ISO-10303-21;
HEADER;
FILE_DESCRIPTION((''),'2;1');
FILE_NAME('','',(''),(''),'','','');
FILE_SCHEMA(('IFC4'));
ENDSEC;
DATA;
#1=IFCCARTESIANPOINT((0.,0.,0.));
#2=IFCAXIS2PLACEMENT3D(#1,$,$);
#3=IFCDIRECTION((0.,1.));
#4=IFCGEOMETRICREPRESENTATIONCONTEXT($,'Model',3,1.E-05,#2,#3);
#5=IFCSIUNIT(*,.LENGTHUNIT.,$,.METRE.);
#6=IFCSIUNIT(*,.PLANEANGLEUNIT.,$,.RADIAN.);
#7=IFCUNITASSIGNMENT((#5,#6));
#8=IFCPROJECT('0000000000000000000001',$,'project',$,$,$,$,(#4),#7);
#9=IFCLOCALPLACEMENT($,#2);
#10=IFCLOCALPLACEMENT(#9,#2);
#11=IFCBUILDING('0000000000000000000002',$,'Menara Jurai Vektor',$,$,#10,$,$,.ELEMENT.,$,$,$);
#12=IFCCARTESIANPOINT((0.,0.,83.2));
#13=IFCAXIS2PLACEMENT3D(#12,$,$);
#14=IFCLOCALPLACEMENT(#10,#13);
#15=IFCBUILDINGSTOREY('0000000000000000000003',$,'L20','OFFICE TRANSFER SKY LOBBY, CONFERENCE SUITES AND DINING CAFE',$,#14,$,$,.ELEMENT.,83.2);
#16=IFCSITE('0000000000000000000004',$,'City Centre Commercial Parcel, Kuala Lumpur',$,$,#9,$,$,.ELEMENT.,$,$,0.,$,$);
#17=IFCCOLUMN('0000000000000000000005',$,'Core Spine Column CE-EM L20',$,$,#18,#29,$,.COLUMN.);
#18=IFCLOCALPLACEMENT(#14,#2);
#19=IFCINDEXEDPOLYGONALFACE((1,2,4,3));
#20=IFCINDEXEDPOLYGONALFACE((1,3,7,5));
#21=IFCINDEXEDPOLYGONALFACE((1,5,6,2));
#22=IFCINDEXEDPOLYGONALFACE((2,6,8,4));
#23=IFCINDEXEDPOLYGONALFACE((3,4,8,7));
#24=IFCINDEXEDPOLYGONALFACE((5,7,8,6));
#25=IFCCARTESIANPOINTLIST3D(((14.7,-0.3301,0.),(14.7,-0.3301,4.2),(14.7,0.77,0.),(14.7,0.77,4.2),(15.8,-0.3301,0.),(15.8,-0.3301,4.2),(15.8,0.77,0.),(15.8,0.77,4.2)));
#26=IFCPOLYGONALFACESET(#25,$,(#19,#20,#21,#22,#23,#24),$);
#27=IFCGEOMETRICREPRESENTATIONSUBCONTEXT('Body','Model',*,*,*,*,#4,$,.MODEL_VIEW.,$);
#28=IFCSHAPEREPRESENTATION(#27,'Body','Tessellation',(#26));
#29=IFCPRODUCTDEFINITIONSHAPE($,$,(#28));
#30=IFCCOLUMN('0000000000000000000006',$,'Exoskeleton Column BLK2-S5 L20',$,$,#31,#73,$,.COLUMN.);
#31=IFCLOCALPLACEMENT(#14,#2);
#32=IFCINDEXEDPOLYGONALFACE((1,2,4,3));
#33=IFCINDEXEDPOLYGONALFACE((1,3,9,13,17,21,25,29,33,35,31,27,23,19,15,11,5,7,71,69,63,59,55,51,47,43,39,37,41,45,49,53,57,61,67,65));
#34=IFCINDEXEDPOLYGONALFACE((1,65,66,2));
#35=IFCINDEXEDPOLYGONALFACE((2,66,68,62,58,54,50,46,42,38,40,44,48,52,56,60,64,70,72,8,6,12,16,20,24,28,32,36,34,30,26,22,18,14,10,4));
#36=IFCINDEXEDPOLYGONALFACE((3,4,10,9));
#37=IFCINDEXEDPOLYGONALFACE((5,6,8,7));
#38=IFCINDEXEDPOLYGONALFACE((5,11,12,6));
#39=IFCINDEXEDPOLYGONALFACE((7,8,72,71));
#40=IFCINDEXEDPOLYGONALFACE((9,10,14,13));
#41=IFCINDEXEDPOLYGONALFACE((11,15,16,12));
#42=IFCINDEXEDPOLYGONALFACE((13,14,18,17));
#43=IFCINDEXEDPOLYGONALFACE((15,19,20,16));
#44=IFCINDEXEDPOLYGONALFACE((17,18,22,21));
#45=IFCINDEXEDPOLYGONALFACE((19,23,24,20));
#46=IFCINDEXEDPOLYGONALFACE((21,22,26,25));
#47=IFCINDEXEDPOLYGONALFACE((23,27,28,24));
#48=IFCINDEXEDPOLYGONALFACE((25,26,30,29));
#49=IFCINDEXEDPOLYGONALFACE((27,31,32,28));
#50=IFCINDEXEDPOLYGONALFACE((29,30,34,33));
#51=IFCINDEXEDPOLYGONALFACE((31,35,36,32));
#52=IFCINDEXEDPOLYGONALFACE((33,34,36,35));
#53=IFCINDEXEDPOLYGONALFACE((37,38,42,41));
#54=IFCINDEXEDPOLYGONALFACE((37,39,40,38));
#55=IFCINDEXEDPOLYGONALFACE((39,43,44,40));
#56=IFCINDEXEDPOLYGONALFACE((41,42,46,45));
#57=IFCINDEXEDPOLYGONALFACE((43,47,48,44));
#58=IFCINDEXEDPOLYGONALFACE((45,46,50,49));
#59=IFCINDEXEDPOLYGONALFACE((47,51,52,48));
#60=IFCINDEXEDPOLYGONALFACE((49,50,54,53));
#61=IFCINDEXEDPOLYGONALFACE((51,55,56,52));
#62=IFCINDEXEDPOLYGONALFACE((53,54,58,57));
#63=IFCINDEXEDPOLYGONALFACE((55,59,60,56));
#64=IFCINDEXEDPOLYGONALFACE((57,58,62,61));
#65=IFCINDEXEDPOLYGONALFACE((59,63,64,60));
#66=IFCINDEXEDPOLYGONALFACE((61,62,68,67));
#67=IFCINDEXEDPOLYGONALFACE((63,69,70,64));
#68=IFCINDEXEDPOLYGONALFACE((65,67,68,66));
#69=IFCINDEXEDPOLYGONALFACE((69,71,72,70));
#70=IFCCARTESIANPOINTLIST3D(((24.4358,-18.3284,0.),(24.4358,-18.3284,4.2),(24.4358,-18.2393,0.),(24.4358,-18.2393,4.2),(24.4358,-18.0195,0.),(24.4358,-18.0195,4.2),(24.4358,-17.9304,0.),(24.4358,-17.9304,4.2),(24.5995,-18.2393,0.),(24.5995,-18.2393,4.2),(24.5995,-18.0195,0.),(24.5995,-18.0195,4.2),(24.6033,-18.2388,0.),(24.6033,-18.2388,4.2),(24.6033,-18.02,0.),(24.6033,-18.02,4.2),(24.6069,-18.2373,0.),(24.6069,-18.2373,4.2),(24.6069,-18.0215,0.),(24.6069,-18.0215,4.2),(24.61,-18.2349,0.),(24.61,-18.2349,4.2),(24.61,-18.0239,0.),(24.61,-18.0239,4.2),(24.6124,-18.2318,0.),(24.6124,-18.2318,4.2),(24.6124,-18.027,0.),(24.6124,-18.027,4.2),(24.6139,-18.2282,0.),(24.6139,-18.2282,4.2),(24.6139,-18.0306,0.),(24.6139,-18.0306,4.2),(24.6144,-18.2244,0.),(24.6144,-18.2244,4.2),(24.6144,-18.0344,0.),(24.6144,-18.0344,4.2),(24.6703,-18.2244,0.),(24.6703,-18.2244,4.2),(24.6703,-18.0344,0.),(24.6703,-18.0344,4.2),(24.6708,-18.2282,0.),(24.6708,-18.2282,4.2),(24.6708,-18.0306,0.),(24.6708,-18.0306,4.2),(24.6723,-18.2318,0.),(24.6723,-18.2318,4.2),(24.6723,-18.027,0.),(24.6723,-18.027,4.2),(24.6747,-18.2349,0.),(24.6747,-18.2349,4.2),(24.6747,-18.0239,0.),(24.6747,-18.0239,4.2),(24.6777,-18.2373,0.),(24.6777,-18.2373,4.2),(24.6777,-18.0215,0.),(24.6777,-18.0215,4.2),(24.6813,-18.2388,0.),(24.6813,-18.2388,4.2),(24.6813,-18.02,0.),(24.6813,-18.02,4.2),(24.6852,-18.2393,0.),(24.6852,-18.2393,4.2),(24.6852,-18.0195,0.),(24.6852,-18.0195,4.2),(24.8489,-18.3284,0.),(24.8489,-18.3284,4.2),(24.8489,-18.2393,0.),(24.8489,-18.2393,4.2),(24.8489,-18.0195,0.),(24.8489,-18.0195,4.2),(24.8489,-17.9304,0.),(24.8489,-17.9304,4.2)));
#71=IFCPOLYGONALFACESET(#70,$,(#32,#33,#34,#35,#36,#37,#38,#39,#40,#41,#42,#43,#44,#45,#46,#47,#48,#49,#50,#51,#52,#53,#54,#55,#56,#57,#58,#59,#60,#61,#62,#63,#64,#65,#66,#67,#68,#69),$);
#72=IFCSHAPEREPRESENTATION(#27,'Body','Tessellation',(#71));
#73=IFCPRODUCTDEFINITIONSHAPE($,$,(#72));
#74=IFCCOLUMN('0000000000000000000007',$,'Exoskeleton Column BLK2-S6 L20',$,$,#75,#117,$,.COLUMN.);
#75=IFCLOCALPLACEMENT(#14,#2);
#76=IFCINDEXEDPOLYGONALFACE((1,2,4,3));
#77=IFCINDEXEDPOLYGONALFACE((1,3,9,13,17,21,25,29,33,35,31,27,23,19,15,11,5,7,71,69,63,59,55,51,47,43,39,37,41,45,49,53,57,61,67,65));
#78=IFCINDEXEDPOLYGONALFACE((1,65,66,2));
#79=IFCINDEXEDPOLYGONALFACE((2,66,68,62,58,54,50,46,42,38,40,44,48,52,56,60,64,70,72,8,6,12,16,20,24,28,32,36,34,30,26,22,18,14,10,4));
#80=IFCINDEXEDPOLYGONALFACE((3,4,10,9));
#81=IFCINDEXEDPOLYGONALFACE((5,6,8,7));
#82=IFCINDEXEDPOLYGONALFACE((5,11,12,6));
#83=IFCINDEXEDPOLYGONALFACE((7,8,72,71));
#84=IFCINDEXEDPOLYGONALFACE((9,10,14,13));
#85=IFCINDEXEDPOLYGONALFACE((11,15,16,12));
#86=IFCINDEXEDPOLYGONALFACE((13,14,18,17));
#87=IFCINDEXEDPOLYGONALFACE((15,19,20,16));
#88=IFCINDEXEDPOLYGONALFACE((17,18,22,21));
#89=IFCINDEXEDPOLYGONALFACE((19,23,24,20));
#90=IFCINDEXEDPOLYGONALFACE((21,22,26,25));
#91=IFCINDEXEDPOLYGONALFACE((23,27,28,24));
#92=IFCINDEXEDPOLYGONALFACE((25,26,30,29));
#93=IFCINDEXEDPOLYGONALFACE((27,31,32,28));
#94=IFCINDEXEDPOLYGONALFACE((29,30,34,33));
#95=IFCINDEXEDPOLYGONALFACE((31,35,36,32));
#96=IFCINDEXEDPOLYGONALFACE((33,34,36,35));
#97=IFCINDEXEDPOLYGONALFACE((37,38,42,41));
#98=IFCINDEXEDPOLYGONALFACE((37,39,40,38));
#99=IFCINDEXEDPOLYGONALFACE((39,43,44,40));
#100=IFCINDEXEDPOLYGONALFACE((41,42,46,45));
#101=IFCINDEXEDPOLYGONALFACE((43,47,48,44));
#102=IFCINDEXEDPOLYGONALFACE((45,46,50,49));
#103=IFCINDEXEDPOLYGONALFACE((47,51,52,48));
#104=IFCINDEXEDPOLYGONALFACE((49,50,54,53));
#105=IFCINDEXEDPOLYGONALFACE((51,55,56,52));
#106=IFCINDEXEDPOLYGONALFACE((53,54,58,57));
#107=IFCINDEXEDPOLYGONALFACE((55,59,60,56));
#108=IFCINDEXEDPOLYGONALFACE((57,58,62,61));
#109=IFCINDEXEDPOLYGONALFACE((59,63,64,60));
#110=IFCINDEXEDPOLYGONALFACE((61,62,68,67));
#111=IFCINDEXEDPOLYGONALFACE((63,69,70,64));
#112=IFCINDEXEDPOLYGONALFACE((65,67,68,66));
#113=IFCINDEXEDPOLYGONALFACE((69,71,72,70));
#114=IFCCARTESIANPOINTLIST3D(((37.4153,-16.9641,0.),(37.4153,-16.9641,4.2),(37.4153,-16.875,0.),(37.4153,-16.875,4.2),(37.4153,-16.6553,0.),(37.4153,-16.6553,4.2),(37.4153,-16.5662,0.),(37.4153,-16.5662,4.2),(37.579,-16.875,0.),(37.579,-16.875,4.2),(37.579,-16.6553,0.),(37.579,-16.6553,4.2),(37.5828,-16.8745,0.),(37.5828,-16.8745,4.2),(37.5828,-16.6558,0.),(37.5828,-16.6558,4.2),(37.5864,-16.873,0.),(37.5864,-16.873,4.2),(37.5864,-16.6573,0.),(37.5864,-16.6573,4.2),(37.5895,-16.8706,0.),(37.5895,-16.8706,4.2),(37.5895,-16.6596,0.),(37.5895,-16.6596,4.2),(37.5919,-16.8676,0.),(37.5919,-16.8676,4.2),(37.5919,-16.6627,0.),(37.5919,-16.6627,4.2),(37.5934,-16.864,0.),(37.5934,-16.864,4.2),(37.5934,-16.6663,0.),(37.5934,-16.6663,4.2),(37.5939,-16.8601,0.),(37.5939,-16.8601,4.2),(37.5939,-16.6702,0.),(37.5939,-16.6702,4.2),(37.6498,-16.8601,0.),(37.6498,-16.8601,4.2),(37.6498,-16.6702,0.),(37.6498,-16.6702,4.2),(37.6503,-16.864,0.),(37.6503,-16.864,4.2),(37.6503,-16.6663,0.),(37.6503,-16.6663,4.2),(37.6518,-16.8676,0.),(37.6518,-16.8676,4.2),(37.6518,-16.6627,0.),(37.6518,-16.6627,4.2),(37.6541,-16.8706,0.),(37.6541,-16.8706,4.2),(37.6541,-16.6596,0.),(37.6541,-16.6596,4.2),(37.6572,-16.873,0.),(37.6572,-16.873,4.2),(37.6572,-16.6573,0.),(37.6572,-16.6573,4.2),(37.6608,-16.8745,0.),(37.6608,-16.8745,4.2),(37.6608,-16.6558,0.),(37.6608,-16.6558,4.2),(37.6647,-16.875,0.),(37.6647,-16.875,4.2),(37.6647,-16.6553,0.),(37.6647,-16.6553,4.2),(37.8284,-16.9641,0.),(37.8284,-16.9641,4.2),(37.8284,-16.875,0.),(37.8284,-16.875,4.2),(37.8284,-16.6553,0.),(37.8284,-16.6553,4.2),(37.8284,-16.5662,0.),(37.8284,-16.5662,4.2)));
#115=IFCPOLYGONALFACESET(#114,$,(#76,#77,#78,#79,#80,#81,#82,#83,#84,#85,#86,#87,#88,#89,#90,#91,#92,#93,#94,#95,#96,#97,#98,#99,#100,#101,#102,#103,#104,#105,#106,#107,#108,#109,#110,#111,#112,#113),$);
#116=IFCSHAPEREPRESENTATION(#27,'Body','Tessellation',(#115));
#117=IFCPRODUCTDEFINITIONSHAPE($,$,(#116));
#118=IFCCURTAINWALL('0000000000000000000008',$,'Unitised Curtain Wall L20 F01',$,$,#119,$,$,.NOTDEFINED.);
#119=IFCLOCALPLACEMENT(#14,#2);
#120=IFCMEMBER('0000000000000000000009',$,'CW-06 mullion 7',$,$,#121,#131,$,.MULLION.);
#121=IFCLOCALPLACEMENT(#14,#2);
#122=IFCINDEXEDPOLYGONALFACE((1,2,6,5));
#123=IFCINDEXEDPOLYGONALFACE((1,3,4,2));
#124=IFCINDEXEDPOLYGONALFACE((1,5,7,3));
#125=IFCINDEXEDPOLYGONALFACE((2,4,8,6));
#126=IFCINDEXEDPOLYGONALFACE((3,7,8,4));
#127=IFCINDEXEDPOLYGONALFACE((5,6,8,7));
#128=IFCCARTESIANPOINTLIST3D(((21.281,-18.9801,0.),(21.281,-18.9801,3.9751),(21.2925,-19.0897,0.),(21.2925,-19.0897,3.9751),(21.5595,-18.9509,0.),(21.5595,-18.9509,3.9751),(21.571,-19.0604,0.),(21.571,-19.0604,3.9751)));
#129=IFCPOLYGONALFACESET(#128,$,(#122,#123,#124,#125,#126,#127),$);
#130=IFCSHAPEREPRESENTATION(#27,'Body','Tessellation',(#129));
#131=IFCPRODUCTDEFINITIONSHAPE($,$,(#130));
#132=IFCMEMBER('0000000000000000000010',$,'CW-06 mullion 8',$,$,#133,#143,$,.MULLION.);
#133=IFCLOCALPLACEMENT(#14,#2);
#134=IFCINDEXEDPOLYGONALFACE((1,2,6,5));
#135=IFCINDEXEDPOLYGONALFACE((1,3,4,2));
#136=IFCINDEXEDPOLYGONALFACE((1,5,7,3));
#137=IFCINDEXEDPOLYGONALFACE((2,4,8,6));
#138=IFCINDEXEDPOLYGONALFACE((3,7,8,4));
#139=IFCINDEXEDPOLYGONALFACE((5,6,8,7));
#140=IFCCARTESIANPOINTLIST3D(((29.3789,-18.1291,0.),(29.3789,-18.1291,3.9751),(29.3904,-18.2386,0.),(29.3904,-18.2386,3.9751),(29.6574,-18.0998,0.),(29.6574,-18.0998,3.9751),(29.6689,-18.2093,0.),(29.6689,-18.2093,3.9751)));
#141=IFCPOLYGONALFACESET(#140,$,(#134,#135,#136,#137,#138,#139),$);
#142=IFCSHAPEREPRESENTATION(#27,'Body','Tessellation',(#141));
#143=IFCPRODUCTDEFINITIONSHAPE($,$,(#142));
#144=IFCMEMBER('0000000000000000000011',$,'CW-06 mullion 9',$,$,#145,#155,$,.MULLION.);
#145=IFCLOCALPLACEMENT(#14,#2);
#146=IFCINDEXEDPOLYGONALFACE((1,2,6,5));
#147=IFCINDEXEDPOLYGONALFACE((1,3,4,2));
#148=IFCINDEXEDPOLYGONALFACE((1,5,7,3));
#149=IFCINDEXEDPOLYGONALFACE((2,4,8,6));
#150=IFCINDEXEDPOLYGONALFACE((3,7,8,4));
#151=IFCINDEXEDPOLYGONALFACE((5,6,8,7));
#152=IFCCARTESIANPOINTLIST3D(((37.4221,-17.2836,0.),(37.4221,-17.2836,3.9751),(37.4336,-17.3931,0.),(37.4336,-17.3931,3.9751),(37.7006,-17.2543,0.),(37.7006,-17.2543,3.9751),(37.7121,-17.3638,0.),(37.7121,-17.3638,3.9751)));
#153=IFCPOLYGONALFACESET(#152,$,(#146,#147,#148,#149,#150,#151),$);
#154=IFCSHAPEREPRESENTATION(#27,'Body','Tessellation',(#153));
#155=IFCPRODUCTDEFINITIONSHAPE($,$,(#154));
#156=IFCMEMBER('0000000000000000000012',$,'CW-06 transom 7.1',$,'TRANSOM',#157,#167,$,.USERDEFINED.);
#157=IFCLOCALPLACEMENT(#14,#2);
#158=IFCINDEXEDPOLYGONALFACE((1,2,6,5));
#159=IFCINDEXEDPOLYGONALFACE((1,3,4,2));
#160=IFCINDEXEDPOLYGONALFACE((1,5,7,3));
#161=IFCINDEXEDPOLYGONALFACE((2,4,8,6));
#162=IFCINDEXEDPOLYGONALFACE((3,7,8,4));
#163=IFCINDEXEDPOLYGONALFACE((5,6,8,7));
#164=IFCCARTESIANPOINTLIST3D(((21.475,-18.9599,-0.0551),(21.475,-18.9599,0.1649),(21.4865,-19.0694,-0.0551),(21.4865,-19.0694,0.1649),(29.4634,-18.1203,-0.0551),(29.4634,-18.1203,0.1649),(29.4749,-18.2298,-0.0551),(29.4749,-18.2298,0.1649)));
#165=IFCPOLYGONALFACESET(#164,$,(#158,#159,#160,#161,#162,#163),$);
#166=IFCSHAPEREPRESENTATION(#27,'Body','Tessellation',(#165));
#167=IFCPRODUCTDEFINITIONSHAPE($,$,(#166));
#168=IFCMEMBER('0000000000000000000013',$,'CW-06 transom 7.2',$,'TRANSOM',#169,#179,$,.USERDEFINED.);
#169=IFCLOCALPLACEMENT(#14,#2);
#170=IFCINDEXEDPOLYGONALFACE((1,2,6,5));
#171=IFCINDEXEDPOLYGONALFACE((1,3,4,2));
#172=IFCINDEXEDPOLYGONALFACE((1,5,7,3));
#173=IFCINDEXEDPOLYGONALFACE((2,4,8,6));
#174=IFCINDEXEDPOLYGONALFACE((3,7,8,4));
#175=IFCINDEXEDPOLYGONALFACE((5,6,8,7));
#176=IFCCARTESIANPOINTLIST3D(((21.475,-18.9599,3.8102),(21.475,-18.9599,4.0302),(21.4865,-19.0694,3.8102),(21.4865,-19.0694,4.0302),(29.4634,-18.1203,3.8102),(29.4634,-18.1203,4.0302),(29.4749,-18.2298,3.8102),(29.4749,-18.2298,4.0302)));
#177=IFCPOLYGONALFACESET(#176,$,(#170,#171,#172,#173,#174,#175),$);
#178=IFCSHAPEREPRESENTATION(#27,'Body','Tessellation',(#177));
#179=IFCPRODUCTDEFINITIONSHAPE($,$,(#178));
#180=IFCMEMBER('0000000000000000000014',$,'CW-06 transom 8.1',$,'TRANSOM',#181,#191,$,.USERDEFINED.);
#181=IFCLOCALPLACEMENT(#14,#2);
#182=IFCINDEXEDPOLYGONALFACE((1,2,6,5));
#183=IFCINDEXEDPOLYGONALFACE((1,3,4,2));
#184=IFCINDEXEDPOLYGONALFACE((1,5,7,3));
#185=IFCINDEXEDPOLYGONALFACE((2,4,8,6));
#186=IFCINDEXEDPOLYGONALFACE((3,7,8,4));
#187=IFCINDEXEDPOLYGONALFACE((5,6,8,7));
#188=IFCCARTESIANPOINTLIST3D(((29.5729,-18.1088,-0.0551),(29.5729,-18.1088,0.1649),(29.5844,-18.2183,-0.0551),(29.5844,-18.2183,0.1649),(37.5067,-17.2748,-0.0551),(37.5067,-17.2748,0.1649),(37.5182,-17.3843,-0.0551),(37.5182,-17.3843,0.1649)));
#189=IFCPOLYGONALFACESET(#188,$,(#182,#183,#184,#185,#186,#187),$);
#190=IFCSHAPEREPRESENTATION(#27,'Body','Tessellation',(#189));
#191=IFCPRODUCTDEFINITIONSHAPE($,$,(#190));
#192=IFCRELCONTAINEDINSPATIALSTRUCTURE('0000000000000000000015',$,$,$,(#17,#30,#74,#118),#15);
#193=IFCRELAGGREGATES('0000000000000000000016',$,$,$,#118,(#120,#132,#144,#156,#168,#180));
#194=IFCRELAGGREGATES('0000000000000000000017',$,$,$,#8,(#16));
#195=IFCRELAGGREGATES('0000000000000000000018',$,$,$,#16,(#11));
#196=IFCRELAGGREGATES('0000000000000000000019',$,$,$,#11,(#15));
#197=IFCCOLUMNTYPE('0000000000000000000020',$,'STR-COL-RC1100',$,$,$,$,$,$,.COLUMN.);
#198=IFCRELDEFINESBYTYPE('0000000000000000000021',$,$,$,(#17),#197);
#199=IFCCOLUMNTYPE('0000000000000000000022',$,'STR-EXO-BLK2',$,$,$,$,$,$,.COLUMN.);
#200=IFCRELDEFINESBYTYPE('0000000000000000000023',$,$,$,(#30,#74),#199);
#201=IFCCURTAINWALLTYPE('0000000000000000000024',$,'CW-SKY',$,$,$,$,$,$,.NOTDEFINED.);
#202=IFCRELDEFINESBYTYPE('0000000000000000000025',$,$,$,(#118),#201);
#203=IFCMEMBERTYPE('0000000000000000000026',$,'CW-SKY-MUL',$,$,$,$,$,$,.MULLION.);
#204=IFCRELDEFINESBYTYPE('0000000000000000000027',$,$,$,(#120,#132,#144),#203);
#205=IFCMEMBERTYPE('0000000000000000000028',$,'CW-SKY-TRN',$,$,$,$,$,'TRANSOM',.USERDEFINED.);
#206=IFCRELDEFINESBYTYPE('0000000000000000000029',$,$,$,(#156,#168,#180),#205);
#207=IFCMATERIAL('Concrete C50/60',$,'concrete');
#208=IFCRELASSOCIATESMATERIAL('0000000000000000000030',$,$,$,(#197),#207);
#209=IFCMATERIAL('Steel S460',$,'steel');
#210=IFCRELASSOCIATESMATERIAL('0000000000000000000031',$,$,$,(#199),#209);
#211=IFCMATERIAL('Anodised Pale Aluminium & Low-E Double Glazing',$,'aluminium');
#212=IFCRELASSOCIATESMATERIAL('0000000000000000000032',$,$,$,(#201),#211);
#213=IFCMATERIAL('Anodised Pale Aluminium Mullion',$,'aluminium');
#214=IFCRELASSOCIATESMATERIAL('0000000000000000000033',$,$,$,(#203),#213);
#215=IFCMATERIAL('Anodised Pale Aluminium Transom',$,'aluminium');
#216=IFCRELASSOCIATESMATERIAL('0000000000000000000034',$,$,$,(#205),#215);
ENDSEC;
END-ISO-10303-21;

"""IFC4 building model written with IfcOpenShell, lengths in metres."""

from ifc_helpers import new_model, si_unit, direction, frame, origin, origin_2d, place, context, subcontext, project, spatial, rectangle, i_section, extrude, material, material_profile, profile_set, type_object, element, aggregate, save


model = new_model("IFC4")

# Units and contexts
model_context = context("Model", 3, precision=1e-05, world=origin(), true_north=direction((0.0, 1.0)))
body_context = subcontext(model_context, "Body", "Model", "MODEL_VIEW")
ifc_project = project(units=[si_unit("LENGTHUNIT", "METRE"), si_unit("PLANEANGLEUNIT", "RADIAN")], contexts=[model_context])

# Site, building, storey
site_placement = place(None, origin())
site = spatial("IfcSite", under=ifc_project, at=site_placement, Name="City Centre Commercial Parcel, Kuala Lumpur", CompositionType="ELEMENT", RefElevation=0.0)
building_placement = place(site_placement, origin())
building = spatial("IfcBuilding", under=site, at=building_placement, Name="Menara Jurai Vektor", CompositionType="ELEMENT")
storey_placement = place(building_placement, frame((0.0, 0.0, 83.2)))
storey = spatial("IfcBuildingStorey", under=building, at=storey_placement, Name="L20", Description="OFFICE TRANSFER SKY LOBBY, CONFERENCE SUITES AND DINING CAFE", CompositionType="ELEMENT", Elevation=83.2)

# Columns
ifc_material_1 = material(Name="Concrete C50/60", Category="concrete")
ifc_material_profile_1 = material_profile(ifc_material_1, rectangle(XDim=1.1001, YDim=1.1001, at=origin_2d()), Name="RC 1100x1100")
ifc_profile_set_1 = profile_set([ifc_material_profile_1], Name="Concrete C50/60")
column_type_1 = type_object("IfcColumnType", Name="STR-COL-RC1100", PredefinedType="COLUMN", material=ifc_profile_set_1)
column_placement = place(storey_placement, frame((15.25, 0.22, 0.0), z_axis=(0.0, 0.0, 1.0), x_axis=(1.0, 0.0, 0.0)))
element("IfcColumn", 1, at=column_placement, inside=storey, type_object=column_type_1, Name="Core Spine Column CE-EM L20", PredefinedType="COLUMN", context=body_context, shape_type="SweptSolid", body=[
    extrude(rectangle(XDim=1.1001, YDim=1.1001, at=origin_2d()), origin(), (0.0, 0.0, 1.0), 4.2),
])
ifc_material_2 = material(Name="Steel S460", Category="steel")
ifc_material_profile_2 = material_profile(ifc_material_2, i_section(OverallWidth=0.4131, OverallDepth=0.3979, WebThickness=0.0559, FlangeThickness=0.0891, FilletRadius=0.0149, at=origin_2d()), Name="HD 400x744")
ifc_profile_set_2 = profile_set([ifc_material_profile_2], Name="Steel S460")
column_type_2 = type_object("IfcColumnType", Name="STR-EXO-BLK2", PredefinedType="COLUMN", material=ifc_profile_set_2)
for number, where, z_axis, x_axis, name in (
    (2, (24.6423, -18.1294, 0.0), (0.0, 0.0, 1.0), (1.0, 0.0, 0.0), "Exoskeleton Column BLK2-S5 L20"),
    (3, (37.6218, -16.7651, 0.0), (0.0, 0.0, 1.0), (1.0, 0.0, 0.0), "Exoskeleton Column BLK2-S6 L20"),
):
    element("IfcColumn", number, at=place(storey_placement, frame(where, z_axis=z_axis, x_axis=x_axis)), inside=storey, type_object=column_type_2, Name=name, PredefinedType="COLUMN", context=body_context, shape_type="SweptSolid", body=[
        extrude(i_section(OverallWidth=0.4131, OverallDepth=0.3979, WebThickness=0.0559, FlangeThickness=0.0891, FilletRadius=0.0149, at=origin_2d()), origin(), (0.0, 0.0, 1.0), 4.2),
    ])

# Curtain wall, members
ifc_material_3 = material(Name="Anodised Pale Aluminium & Low-E Double Glazing", Category="aluminium")
curtain_wall_type = type_object("IfcCurtainWallType", Name="CW-SKY", PredefinedType="NOTDEFINED", material=ifc_material_3)
curtain_wall_placement = place(storey_placement, origin())
curtain_wall = element("IfcCurtainWall", 4, at=curtain_wall_placement, inside=storey, type_object=curtain_wall_type, Name="Unitised Curtain Wall L20 F01", PredefinedType="NOTDEFINED")
ifc_material_4 = material(Name="Anodised Pale Aluminium Mullion", Category="aluminium")
ifc_material_profile_3 = material_profile(ifc_material_4, rectangle(XDim=0.1101, YDim=0.28, at=origin_2d()), Name="ALU MUL 110x280")
ifc_profile_set_3 = profile_set([ifc_material_profile_3], Name="Anodised Pale Aluminium Mullion")
member_type_1 = type_object("IfcMemberType", Name="CW-SKY-MUL", PredefinedType="MULLION", material=ifc_profile_set_3)
member_1_placement = place(storey_placement, frame((21.426, -19.0203, 0.0), z_axis=(0.0, 0.0, 1.0), x_axis=(-0.104529, 0.994522, 0.0)))
member_1 = element("IfcMember", 5, at=member_1_placement, type_object=member_type_1, Name="CW-06 mullion 7", PredefinedType="MULLION", context=body_context, shape_type="SweptSolid", body=[
    extrude(rectangle(XDim=0.1101, YDim=0.28, at=origin_2d()), origin(), (0.0, 0.0, 1.0), 3.9751),
])
member_2_placement = place(storey_placement, frame((29.5239, -18.1692, 0.0), z_axis=(0.0, 0.0, 1.0), x_axis=(-0.104529, 0.994522, 0.0)))
member_2 = element("IfcMember", 6, at=member_2_placement, type_object=member_type_1, Name="CW-06 mullion 8", PredefinedType="MULLION", context=body_context, shape_type="SweptSolid", body=[
    extrude(rectangle(XDim=0.1101, YDim=0.28, at=origin_2d()), origin(), (0.0, 0.0, 1.0), 3.9751),
])
member_3_placement = place(storey_placement, frame((37.5671, -17.3237, 0.0), z_axis=(0.0, 0.0, 1.0), x_axis=(-0.104529, 0.994522, 0.0)))
member_3 = element("IfcMember", 7, at=member_3_placement, type_object=member_type_1, Name="CW-06 mullion 9", PredefinedType="MULLION", context=body_context, shape_type="SweptSolid", body=[
    extrude(rectangle(XDim=0.1101, YDim=0.28, at=origin_2d()), origin(), (0.0, 0.0, 1.0), 3.9751),
])
ifc_material_5 = material(Name="Anodised Pale Aluminium Transom", Category="aluminium")
ifc_material_profile_4 = material_profile(ifc_material_5, rectangle(XDim=0.1101, YDim=0.22, at=origin_2d()), Name="ALU TRN 110x220")
ifc_profile_set_4 = profile_set([ifc_material_profile_4], Name="Anodised Pale Aluminium Transom")
member_type_2 = type_object("IfcMemberType", Name="CW-SKY-TRN", ElementType="TRANSOM", PredefinedType="USERDEFINED", material=ifc_profile_set_4)
member_4_placement = place(storey_placement, frame((21.4807, -19.0146, 0.0549), z_axis=(0.994522, 0.104525, 0.0), x_axis=(-0.104525, 0.994522, 0.0)))
member_4 = element("IfcMember", 8, at=member_4_placement, type_object=member_type_2, Name="CW-06 transom 7.1", ObjectType="TRANSOM", PredefinedType="USERDEFINED", context=body_context, shape_type="SweptSolid", body=[
    extrude(rectangle(XDim=0.1101, YDim=0.22, at=origin_2d()), origin(), (0.0, 0.0, 1.0), 8.0325),
])
member_5_placement = place(storey_placement, frame((21.4807, -19.0146, 3.9202), z_axis=(0.994522, 0.104525, 0.0), x_axis=(-0.104525, 0.994522, 0.0)))
member_5 = element("IfcMember", 9, at=member_5_placement, type_object=member_type_2, Name="CW-06 transom 7.2", ObjectType="TRANSOM", PredefinedType="USERDEFINED", context=body_context, shape_type="SweptSolid", body=[
    extrude(rectangle(XDim=0.1101, YDim=0.22, at=origin_2d()), origin(), (0.0, 0.0, 1.0), 8.0325),
])
member_6_placement = place(storey_placement, frame((29.5786, -18.1636, 0.0549), z_axis=(0.994521, 0.104541, 0.0), x_axis=(-0.104541, 0.994521, 0.0)))
member_6 = element("IfcMember", 10, at=member_6_placement, type_object=member_type_2, Name="CW-06 transom 8.1", ObjectType="TRANSOM", PredefinedType="USERDEFINED", context=body_context, shape_type="SweptSolid", body=[
    extrude(rectangle(XDim=0.1101, YDim=0.22, at=origin_2d()), origin(), (0.0, 0.0, 1.0), 7.9775),
])

aggregate(curtain_wall, [member_1, member_2, member_3, member_4, member_5, member_6])

save(model, "model.ifc")
